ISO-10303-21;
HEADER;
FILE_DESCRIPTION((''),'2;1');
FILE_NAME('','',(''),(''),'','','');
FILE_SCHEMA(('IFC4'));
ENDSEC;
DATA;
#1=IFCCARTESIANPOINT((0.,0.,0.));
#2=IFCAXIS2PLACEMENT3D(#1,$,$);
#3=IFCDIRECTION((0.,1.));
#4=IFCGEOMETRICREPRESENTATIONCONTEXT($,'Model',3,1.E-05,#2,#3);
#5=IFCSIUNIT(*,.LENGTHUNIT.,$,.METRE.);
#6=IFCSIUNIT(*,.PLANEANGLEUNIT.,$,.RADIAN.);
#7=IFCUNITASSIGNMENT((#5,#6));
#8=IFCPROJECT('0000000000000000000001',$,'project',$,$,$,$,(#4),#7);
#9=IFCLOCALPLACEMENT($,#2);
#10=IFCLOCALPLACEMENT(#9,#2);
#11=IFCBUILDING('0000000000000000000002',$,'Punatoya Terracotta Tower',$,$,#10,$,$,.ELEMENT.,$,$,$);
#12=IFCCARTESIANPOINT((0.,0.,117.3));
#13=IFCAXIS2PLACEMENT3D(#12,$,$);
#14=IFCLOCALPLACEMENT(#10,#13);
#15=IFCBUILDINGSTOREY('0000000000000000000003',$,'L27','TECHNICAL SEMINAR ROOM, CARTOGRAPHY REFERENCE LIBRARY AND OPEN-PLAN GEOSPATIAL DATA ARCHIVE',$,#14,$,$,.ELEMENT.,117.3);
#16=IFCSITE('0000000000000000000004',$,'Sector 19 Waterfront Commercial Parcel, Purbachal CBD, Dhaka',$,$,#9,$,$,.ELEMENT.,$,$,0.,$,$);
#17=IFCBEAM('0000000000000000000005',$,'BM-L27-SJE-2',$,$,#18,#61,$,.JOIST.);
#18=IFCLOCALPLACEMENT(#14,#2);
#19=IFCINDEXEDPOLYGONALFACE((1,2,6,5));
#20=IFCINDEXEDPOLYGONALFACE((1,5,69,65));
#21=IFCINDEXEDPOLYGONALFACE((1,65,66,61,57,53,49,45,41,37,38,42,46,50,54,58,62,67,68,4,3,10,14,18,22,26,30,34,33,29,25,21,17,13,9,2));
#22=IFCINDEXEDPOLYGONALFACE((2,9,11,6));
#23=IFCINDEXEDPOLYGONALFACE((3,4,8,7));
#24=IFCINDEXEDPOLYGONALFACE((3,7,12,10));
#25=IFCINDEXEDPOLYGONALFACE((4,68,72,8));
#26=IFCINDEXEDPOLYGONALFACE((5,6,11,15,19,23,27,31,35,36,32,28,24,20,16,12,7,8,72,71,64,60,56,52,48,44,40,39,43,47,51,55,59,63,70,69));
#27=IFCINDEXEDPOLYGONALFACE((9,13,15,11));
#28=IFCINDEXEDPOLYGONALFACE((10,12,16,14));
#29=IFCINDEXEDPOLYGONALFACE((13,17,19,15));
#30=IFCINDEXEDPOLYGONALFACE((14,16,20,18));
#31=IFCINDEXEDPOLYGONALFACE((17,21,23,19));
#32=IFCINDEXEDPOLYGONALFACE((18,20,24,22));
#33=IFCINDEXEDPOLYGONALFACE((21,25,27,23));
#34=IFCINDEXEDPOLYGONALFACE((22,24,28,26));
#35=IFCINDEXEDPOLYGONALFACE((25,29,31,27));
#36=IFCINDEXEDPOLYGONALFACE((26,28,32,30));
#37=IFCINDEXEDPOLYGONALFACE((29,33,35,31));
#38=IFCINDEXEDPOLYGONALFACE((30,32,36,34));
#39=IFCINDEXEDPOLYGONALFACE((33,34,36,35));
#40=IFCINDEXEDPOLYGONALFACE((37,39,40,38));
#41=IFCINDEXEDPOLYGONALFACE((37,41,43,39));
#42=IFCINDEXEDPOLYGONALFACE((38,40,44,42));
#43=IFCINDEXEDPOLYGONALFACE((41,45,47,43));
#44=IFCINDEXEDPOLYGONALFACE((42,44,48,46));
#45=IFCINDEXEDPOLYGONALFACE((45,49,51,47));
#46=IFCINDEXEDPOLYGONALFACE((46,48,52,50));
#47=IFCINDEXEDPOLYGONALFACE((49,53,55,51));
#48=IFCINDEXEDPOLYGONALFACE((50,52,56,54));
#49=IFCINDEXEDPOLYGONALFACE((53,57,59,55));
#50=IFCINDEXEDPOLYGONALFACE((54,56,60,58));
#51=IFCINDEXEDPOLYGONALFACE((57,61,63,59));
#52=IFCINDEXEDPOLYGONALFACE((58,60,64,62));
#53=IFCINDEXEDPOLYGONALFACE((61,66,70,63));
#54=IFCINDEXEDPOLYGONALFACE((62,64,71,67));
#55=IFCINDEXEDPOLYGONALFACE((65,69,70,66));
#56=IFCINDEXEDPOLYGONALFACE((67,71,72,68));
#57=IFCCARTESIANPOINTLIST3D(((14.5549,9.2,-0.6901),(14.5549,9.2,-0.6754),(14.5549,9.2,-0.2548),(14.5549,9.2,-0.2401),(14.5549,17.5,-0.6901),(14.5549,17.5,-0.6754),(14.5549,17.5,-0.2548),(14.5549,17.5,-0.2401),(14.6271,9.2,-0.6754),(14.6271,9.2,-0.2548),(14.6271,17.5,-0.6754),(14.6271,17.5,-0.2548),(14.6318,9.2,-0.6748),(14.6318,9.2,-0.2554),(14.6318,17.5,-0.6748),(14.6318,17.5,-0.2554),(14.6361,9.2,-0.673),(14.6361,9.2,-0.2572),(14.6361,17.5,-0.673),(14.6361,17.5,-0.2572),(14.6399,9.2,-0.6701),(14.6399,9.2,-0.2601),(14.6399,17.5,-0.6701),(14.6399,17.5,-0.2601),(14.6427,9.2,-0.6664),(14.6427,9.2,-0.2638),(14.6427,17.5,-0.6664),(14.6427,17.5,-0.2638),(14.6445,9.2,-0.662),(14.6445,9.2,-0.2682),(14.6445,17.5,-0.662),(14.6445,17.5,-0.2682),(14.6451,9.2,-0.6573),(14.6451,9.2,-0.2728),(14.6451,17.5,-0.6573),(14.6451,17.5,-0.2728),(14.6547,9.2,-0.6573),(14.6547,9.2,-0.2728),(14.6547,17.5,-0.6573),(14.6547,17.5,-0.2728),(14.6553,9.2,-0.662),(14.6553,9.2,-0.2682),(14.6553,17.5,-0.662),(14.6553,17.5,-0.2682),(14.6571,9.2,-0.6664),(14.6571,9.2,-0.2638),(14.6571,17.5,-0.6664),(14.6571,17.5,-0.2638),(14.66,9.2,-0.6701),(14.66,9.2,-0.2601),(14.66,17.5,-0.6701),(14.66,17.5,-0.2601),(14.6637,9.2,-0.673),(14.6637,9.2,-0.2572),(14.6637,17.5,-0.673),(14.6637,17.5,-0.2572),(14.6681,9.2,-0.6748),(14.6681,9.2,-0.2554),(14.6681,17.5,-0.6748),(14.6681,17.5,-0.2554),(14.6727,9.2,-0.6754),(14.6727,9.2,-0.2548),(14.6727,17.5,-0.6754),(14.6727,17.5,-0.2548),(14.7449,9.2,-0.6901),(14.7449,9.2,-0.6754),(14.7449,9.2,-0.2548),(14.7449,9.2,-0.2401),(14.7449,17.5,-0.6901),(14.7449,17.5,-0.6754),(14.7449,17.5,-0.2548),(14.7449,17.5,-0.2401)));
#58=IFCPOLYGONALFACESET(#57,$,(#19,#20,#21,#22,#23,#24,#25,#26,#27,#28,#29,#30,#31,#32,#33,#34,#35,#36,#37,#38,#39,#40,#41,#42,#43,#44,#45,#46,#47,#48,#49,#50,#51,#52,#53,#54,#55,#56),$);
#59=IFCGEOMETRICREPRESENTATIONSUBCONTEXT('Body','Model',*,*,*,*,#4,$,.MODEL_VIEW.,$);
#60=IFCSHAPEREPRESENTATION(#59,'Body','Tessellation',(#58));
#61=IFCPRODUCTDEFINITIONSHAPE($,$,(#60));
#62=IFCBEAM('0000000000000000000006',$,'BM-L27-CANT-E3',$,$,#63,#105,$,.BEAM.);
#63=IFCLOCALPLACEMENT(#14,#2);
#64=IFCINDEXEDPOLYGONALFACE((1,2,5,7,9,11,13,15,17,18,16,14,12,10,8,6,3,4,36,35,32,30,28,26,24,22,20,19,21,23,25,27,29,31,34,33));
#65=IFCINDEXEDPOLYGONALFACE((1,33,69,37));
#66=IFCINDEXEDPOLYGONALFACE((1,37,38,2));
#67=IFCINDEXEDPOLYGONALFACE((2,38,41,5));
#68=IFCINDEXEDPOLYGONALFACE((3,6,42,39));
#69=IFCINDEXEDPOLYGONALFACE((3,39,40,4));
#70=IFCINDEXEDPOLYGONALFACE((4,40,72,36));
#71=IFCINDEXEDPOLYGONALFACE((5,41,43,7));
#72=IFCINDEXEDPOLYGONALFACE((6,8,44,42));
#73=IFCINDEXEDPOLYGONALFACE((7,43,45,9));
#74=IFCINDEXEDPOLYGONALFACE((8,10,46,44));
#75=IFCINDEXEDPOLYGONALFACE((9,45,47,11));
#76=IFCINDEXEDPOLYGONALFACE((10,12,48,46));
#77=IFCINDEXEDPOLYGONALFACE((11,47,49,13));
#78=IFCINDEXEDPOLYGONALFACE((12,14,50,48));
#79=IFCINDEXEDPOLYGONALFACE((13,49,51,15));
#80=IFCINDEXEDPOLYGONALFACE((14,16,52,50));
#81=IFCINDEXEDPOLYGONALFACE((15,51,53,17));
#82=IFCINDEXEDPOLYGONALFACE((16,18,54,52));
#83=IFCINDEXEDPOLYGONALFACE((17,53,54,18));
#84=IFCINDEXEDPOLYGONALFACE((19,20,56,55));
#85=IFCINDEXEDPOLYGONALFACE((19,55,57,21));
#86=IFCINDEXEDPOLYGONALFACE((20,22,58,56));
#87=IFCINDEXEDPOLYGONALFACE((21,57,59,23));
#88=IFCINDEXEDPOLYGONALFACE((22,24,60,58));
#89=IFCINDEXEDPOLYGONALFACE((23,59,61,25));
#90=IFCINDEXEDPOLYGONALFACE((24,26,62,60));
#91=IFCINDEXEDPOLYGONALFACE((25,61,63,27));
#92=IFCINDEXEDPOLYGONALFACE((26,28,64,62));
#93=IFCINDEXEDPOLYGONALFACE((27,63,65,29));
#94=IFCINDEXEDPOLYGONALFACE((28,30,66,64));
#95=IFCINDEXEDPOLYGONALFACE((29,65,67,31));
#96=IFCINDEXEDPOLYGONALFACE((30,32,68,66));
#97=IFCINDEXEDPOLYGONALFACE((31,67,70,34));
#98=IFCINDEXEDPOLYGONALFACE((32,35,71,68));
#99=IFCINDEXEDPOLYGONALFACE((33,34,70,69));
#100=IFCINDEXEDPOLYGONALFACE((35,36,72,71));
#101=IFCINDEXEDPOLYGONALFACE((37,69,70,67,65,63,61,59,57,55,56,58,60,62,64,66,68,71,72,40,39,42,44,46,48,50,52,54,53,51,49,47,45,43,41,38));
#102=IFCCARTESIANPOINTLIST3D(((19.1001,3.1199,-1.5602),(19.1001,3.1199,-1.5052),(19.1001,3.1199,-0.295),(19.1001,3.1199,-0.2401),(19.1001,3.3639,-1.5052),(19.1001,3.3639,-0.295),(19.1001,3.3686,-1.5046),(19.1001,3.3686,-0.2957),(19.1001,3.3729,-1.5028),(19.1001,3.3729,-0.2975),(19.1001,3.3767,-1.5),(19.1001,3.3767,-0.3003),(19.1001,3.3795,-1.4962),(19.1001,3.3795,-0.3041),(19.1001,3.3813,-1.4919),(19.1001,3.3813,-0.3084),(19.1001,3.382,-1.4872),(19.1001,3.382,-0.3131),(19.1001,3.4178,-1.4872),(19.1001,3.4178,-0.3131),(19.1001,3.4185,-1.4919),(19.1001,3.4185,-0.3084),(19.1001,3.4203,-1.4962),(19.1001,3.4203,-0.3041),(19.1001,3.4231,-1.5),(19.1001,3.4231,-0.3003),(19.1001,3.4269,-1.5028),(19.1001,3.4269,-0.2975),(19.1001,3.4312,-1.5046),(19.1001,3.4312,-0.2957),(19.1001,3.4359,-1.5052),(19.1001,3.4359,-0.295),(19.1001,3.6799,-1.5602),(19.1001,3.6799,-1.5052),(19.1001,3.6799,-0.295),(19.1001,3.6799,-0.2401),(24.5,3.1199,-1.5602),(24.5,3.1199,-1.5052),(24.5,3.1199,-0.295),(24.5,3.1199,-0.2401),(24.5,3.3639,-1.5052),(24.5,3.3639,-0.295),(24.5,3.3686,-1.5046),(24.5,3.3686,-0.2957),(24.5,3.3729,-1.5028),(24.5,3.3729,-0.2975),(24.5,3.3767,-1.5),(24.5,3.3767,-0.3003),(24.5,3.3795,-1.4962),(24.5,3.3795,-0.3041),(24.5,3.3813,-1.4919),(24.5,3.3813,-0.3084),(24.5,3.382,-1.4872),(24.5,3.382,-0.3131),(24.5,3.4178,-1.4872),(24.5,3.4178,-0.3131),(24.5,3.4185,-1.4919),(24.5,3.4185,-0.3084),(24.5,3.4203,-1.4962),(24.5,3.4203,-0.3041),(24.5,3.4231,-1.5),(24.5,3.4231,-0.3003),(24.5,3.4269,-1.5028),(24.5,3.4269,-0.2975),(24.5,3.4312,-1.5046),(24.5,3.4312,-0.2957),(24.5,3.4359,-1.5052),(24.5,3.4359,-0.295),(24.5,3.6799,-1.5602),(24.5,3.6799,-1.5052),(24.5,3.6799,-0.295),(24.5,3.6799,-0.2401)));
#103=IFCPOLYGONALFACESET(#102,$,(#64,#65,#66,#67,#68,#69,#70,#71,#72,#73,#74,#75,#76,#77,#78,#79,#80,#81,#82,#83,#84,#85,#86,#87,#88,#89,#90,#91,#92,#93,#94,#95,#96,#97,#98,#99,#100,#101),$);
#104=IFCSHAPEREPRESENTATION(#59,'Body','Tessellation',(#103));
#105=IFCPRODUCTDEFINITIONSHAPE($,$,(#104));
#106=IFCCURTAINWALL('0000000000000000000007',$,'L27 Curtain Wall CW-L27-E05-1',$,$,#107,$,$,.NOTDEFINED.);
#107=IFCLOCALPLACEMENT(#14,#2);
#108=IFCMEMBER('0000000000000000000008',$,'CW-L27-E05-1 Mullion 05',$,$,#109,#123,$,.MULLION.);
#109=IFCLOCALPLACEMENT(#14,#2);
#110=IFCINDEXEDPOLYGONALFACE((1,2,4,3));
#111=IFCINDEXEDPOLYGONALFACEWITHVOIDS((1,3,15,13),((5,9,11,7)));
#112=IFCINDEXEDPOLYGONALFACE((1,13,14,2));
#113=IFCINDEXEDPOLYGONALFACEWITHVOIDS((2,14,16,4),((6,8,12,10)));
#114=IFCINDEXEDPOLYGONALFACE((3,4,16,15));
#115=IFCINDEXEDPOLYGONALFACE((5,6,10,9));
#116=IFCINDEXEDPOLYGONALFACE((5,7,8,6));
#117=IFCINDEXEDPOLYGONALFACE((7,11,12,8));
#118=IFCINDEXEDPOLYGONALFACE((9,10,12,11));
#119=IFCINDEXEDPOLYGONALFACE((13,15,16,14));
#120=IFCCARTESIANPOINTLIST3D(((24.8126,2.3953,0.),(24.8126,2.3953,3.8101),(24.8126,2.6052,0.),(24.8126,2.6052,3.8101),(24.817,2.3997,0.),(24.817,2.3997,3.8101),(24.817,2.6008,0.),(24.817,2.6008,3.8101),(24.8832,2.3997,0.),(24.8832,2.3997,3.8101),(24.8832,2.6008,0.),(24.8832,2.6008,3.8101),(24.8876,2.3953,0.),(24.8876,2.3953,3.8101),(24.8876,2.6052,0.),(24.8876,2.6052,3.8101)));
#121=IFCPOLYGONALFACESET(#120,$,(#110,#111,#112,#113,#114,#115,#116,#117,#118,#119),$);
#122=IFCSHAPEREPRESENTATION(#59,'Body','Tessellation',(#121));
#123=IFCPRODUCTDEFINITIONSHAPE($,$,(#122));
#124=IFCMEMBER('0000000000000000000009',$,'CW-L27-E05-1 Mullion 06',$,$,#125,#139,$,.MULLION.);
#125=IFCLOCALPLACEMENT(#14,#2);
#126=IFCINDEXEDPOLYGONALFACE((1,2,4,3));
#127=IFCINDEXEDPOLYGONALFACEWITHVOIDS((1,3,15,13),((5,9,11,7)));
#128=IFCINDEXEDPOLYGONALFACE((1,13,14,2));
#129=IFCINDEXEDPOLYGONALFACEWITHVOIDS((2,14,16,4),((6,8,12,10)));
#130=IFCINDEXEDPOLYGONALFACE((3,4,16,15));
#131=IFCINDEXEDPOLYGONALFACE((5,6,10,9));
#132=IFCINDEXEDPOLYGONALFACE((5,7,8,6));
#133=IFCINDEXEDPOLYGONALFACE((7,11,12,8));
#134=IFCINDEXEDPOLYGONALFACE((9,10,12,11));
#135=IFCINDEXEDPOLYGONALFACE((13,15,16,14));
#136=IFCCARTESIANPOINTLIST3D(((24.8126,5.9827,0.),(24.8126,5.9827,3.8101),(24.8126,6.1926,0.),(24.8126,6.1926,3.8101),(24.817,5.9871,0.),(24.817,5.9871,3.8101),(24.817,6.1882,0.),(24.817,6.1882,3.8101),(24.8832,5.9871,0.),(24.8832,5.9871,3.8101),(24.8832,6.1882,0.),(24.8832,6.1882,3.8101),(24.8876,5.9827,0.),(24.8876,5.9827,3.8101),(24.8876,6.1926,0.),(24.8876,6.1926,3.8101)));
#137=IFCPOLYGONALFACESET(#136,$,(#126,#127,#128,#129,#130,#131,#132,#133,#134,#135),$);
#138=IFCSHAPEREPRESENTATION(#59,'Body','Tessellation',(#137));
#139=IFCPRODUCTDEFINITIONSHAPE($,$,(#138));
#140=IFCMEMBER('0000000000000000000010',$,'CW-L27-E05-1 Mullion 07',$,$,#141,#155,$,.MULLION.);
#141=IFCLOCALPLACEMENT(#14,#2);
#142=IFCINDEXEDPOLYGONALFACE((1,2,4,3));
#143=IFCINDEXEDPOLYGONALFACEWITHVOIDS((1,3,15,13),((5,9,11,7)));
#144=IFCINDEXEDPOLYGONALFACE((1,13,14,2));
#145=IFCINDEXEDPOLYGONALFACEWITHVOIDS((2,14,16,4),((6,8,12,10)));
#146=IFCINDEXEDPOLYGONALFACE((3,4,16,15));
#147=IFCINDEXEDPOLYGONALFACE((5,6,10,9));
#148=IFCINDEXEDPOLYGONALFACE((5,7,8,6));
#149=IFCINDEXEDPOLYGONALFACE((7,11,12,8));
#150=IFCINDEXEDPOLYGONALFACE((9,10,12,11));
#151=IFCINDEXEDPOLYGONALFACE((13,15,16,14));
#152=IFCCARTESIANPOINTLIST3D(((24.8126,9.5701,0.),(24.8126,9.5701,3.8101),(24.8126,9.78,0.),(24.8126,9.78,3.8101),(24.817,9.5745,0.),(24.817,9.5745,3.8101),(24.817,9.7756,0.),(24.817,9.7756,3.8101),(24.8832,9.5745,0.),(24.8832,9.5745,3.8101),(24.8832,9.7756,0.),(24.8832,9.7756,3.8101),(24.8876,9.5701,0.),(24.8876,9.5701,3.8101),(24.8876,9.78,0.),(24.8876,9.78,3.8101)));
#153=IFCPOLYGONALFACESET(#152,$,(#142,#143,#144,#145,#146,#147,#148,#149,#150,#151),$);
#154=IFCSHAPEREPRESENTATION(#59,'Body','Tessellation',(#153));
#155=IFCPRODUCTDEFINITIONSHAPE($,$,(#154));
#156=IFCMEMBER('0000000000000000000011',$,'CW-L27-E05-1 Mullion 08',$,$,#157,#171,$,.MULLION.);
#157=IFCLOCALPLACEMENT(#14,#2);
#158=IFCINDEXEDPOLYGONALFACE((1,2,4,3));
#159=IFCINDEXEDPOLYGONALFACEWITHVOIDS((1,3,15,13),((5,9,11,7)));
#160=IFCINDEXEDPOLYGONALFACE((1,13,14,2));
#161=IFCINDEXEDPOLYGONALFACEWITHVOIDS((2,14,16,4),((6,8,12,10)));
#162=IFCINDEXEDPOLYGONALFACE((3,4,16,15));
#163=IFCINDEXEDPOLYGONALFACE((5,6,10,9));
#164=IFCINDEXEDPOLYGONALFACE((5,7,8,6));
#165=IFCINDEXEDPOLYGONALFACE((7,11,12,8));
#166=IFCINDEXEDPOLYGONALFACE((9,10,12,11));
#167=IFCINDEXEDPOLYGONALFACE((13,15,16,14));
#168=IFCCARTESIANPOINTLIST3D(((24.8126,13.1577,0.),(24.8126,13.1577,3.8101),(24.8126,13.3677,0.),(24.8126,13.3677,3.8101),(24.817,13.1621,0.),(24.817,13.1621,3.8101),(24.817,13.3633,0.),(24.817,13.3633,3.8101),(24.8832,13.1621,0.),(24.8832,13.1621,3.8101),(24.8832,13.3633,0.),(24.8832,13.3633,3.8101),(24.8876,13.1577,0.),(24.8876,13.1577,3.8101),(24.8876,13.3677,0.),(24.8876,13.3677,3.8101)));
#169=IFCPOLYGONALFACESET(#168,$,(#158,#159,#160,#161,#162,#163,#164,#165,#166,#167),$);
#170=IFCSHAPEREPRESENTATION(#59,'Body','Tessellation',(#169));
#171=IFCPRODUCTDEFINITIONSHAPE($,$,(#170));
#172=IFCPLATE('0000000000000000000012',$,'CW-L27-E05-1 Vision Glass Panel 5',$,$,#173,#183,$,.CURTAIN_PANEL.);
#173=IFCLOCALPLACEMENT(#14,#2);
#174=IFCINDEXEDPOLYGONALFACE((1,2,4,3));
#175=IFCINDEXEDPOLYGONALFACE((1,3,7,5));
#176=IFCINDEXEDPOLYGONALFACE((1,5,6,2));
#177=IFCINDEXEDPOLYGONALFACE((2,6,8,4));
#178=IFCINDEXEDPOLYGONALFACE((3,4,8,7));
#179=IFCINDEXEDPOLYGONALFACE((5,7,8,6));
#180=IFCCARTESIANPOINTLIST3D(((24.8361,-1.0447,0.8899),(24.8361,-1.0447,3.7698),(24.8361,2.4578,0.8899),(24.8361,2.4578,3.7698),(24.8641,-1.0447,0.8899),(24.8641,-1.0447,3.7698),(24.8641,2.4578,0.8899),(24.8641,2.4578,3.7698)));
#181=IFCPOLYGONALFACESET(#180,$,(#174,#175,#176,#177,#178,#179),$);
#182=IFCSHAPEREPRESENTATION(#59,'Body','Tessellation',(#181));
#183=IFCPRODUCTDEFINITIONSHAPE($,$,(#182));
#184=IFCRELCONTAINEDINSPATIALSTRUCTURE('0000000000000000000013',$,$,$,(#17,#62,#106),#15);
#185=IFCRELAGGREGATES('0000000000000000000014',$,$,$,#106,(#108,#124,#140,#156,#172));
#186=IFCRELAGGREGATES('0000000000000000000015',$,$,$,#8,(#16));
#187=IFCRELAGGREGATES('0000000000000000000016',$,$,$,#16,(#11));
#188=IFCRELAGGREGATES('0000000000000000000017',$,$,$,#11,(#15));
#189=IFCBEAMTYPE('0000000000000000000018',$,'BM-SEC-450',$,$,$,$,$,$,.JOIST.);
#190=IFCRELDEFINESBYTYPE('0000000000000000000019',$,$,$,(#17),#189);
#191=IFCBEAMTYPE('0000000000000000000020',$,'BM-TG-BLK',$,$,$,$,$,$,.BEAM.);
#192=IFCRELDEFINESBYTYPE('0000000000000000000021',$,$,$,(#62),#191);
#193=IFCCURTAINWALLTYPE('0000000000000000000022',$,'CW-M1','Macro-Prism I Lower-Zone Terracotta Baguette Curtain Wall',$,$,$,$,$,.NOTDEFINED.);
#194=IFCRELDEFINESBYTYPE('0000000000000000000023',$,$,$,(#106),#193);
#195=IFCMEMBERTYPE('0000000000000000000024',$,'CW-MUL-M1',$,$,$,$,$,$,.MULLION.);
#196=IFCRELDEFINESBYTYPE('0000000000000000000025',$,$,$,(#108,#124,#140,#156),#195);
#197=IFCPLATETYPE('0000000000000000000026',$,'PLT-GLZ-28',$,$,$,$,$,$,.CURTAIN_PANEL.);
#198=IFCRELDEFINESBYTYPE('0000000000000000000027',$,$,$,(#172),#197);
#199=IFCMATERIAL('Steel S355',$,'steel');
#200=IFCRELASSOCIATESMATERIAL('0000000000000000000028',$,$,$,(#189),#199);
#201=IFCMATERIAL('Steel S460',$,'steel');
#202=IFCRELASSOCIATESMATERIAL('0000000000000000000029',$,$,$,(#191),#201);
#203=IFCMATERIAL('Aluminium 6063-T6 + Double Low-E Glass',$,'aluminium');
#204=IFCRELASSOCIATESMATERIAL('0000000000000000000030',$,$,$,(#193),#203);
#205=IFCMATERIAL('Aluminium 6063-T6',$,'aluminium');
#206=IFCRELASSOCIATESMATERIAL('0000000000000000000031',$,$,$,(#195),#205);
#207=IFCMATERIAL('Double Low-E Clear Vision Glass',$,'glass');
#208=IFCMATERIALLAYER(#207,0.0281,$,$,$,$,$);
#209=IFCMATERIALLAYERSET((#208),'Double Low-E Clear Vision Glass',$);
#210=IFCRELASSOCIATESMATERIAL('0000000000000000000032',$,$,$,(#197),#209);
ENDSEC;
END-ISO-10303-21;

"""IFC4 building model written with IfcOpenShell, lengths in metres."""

from ifc_helpers import new_model, si_unit, direction, frame, origin, origin_2d, place, context, subcontext, project, spatial, rectangle, hollow_rectangle, i_section, extrude, material, layer, layer_set, material_profile, profile_set, type_object, element, aggregate, save


model = new_model("IFC4")

# Units and contexts
model_context = context("Model", 3, precision=1e-05, world=origin(), true_north=direction((0.0, 1.0)))
body_context = subcontext(model_context, "Body", "Model", "MODEL_VIEW")
ifc_project = project(units=[si_unit("LENGTHUNIT", "METRE"), si_unit("PLANEANGLEUNIT", "RADIAN")], contexts=[model_context])

# Site, building, storey
site_placement = place(None, origin())
site = spatial("IfcSite", under=ifc_project, at=site_placement, Name="Sector 19 Waterfront Commercial Parcel, Purbachal CBD, Dhaka", CompositionType="ELEMENT", RefElevation=0.0)
building_placement = place(site_placement, origin())
building = spatial("IfcBuilding", under=site, at=building_placement, Name="Punatoya Terracotta Tower", CompositionType="ELEMENT")
storey_placement = place(building_placement, frame((0.0, 0.0, 117.3)))
storey = spatial("IfcBuildingStorey", under=building, at=storey_placement, Name="L27", Description="TECHNICAL SEMINAR ROOM, CARTOGRAPHY REFERENCE LIBRARY AND OPEN-PLAN GEOSPATIAL DATA ARCHIVE", CompositionType="ELEMENT", Elevation=117.3)

# Shared definitions
ifc_material_1 = material(Name="Steel S460", Category="steel")

# Beams
ifc_material_2 = material(Name="Steel S355", Category="steel")
ifc_material_profile_1 = material_profile(ifc_material_2, i_section(OverallWidth=0.1899, OverallDepth=0.45, WebThickness=0.0095, FlangeThickness=0.0146, FilletRadius=0.0181, at=origin_2d()))
ifc_profile_set_1 = profile_set([ifc_material_profile_1], Name="Steel S355")
beam_type_1 = type_object("IfcBeamType", Name="BM-SEC-450", PredefinedType="JOIST", material=ifc_profile_set_1)
beam_1_placement = place(storey_placement, frame((14.6499, 9.2, -0.4651), z_axis=(0.0, 1.0, 0.0), x_axis=(-1.0, 0.0, 0.0)))
element("IfcBeam", 1, at=beam_1_placement, inside=storey, type_object=beam_type_1, Name="BM-L27-SJE-2", PredefinedType="JOIST", context=body_context, shape_type="SweptSolid", body=[
    extrude(i_section(OverallWidth=0.1899, OverallDepth=0.45, WebThickness=0.0095, FlangeThickness=0.0146, FilletRadius=0.0181, at=origin_2d()), origin(), (0.0, 0.0, 1.0), 8.3),
])
ifc_material_profile_2 = material_profile(ifc_material_1, i_section(OverallWidth=0.5601, OverallDepth=1.3201, WebThickness=0.0359, FlangeThickness=0.0549, FilletRadius=0.0181, at=origin_2d()))
ifc_profile_set_2 = profile_set([ifc_material_profile_2], Name="Steel S460")
beam_type_2 = type_object("IfcBeamType", Name="BM-TG-BLK", PredefinedType="BEAM", material=ifc_profile_set_2)
beam_2_placement = place(storey_placement, frame((19.1001, 3.3999, -0.9001), z_axis=(1.0, 0.0, 0.0), x_axis=(0.0, 1.0, 0.0)))
element("IfcBeam", 2, at=beam_2_placement, inside=storey, type_object=beam_type_2, Name="BM-L27-CANT-E3", PredefinedType="BEAM", context=body_context, shape_type="SweptSolid", body=[
    extrude(i_section(OverallWidth=0.5601, OverallDepth=1.3201, WebThickness=0.0359, FlangeThickness=0.0549, FilletRadius=0.0181, at=origin_2d()), origin(), (0.0, 0.0, 1.0), 5.3999),
])

# Curtain wall, members, plate
ifc_material_3 = material(Name="Aluminium 6063-T6 + Double Low-E Glass", Category="aluminium")
curtain_wall_type = type_object("IfcCurtainWallType", Name="CW-M1", Description="Macro-Prism I Lower-Zone Terracotta Baguette Curtain Wall", PredefinedType="NOTDEFINED", material=ifc_material_3)
curtain_wall_placement = place(storey_placement, origin())
curtain_wall = element("IfcCurtainWall", 3, at=curtain_wall_placement, inside=storey, type_object=curtain_wall_type, Name="L27 Curtain Wall CW-L27-E05-1", PredefinedType="NOTDEFINED")
ifc_material_4 = material(Name="Aluminium 6063-T6", Category="aluminium")
ifc_material_profile_3 = material_profile(ifc_material_4, hollow_rectangle(XDim=0.075, YDim=0.21, WallThickness=0.0044, at=origin_2d()))
ifc_profile_set_3 = profile_set([ifc_material_profile_3], Name="Aluminium 6063-T6")
member_type = type_object("IfcMemberType", Name="CW-MUL-M1", PredefinedType="MULLION", material=ifc_profile_set_3)
member_1_placement = place(storey_placement, frame((24.8501, 2.5002, 0.0), z_axis=(0.0, 0.0, 1.0), x_axis=(1.0, 0.0, 0.0)))
member_1 = element("IfcMember", 4, at=member_1_placement, type_object=member_type, Name="CW-L27-E05-1 Mullion 05", PredefinedType="MULLION", context=body_context, shape_type="SweptSolid", body=[
    extrude(hollow_rectangle(XDim=0.075, YDim=0.21, WallThickness=0.0044, at=origin_2d()), origin(), (0.0, 0.0, 1.0), 3.8101),
])
member_2_placement = place(storey_placement, frame((24.8501, 6.0876, 0.0), z_axis=(0.0, 0.0, 1.0), x_axis=(1.0, 0.0, 0.0)))
member_2 = element("IfcMember", 5, at=member_2_placement, type_object=member_type, Name="CW-L27-E05-1 Mullion 06", PredefinedType="MULLION", context=body_context, shape_type="SweptSolid", body=[
    extrude(hollow_rectangle(XDim=0.075, YDim=0.21, WallThickness=0.0044, at=origin_2d()), origin(), (0.0, 0.0, 1.0), 3.8101),
])
member_3_placement = place(storey_placement, frame((24.8501, 9.675, 0.0), z_axis=(0.0, 0.0, 1.0), x_axis=(1.0, 0.0, 0.0)))
member_3 = element("IfcMember", 6, at=member_3_placement, type_object=member_type, Name="CW-L27-E05-1 Mullion 07", PredefinedType="MULLION", context=body_context, shape_type="SweptSolid", body=[
    extrude(hollow_rectangle(XDim=0.075, YDim=0.21, WallThickness=0.0044, at=origin_2d()), origin(), (0.0, 0.0, 1.0), 3.8101),
])
member_4_placement = place(storey_placement, frame((24.8501, 13.2627, 0.0), z_axis=(0.0, 0.0, 1.0), x_axis=(1.0, 0.0, 0.0)))
member_4 = element("IfcMember", 7, at=member_4_placement, type_object=member_type, Name="CW-L27-E05-1 Mullion 08", PredefinedType="MULLION", context=body_context, shape_type="SweptSolid", body=[
    extrude(hollow_rectangle(XDim=0.075, YDim=0.21, WallThickness=0.0044, at=origin_2d()), origin(), (0.0, 0.0, 1.0), 3.8101),
])
ifc_material_5 = material(Name="Double Low-E Clear Vision Glass", Category="glass")
ifc_layer_1 = layer(ifc_material_5, 0.0281)
ifc_layer_set_1 = layer_set([ifc_layer_1], Name="Double Low-E Clear Vision Glass")
plate_type_1 = type_object("IfcPlateType", Name="PLT-GLZ-28", PredefinedType="CURTAIN_PANEL", material=ifc_layer_set_1)
plate_1_placement = place(storey_placement, frame((24.8501, 0.7065, 0.8899), z_axis=(0.0, 0.0, 1.0), x_axis=(0.0, 1.0, 0.0)))
plate_1 = element("IfcPlate", 8, at=plate_1_placement, type_object=plate_type_1, Name="CW-L27-E05-1 Vision Glass Panel 5", PredefinedType="CURTAIN_PANEL", context=body_context, shape_type="SweptSolid", body=[
    extrude(rectangle(XDim=3.5024, YDim=0.0281, at=origin_2d()), origin(), (0.0, 0.0, 1.0), 2.8799),
])
aggregate(curtain_wall, [member_1, member_2, member_3, member_4, plate_1])

save(model, "model.ifc")
